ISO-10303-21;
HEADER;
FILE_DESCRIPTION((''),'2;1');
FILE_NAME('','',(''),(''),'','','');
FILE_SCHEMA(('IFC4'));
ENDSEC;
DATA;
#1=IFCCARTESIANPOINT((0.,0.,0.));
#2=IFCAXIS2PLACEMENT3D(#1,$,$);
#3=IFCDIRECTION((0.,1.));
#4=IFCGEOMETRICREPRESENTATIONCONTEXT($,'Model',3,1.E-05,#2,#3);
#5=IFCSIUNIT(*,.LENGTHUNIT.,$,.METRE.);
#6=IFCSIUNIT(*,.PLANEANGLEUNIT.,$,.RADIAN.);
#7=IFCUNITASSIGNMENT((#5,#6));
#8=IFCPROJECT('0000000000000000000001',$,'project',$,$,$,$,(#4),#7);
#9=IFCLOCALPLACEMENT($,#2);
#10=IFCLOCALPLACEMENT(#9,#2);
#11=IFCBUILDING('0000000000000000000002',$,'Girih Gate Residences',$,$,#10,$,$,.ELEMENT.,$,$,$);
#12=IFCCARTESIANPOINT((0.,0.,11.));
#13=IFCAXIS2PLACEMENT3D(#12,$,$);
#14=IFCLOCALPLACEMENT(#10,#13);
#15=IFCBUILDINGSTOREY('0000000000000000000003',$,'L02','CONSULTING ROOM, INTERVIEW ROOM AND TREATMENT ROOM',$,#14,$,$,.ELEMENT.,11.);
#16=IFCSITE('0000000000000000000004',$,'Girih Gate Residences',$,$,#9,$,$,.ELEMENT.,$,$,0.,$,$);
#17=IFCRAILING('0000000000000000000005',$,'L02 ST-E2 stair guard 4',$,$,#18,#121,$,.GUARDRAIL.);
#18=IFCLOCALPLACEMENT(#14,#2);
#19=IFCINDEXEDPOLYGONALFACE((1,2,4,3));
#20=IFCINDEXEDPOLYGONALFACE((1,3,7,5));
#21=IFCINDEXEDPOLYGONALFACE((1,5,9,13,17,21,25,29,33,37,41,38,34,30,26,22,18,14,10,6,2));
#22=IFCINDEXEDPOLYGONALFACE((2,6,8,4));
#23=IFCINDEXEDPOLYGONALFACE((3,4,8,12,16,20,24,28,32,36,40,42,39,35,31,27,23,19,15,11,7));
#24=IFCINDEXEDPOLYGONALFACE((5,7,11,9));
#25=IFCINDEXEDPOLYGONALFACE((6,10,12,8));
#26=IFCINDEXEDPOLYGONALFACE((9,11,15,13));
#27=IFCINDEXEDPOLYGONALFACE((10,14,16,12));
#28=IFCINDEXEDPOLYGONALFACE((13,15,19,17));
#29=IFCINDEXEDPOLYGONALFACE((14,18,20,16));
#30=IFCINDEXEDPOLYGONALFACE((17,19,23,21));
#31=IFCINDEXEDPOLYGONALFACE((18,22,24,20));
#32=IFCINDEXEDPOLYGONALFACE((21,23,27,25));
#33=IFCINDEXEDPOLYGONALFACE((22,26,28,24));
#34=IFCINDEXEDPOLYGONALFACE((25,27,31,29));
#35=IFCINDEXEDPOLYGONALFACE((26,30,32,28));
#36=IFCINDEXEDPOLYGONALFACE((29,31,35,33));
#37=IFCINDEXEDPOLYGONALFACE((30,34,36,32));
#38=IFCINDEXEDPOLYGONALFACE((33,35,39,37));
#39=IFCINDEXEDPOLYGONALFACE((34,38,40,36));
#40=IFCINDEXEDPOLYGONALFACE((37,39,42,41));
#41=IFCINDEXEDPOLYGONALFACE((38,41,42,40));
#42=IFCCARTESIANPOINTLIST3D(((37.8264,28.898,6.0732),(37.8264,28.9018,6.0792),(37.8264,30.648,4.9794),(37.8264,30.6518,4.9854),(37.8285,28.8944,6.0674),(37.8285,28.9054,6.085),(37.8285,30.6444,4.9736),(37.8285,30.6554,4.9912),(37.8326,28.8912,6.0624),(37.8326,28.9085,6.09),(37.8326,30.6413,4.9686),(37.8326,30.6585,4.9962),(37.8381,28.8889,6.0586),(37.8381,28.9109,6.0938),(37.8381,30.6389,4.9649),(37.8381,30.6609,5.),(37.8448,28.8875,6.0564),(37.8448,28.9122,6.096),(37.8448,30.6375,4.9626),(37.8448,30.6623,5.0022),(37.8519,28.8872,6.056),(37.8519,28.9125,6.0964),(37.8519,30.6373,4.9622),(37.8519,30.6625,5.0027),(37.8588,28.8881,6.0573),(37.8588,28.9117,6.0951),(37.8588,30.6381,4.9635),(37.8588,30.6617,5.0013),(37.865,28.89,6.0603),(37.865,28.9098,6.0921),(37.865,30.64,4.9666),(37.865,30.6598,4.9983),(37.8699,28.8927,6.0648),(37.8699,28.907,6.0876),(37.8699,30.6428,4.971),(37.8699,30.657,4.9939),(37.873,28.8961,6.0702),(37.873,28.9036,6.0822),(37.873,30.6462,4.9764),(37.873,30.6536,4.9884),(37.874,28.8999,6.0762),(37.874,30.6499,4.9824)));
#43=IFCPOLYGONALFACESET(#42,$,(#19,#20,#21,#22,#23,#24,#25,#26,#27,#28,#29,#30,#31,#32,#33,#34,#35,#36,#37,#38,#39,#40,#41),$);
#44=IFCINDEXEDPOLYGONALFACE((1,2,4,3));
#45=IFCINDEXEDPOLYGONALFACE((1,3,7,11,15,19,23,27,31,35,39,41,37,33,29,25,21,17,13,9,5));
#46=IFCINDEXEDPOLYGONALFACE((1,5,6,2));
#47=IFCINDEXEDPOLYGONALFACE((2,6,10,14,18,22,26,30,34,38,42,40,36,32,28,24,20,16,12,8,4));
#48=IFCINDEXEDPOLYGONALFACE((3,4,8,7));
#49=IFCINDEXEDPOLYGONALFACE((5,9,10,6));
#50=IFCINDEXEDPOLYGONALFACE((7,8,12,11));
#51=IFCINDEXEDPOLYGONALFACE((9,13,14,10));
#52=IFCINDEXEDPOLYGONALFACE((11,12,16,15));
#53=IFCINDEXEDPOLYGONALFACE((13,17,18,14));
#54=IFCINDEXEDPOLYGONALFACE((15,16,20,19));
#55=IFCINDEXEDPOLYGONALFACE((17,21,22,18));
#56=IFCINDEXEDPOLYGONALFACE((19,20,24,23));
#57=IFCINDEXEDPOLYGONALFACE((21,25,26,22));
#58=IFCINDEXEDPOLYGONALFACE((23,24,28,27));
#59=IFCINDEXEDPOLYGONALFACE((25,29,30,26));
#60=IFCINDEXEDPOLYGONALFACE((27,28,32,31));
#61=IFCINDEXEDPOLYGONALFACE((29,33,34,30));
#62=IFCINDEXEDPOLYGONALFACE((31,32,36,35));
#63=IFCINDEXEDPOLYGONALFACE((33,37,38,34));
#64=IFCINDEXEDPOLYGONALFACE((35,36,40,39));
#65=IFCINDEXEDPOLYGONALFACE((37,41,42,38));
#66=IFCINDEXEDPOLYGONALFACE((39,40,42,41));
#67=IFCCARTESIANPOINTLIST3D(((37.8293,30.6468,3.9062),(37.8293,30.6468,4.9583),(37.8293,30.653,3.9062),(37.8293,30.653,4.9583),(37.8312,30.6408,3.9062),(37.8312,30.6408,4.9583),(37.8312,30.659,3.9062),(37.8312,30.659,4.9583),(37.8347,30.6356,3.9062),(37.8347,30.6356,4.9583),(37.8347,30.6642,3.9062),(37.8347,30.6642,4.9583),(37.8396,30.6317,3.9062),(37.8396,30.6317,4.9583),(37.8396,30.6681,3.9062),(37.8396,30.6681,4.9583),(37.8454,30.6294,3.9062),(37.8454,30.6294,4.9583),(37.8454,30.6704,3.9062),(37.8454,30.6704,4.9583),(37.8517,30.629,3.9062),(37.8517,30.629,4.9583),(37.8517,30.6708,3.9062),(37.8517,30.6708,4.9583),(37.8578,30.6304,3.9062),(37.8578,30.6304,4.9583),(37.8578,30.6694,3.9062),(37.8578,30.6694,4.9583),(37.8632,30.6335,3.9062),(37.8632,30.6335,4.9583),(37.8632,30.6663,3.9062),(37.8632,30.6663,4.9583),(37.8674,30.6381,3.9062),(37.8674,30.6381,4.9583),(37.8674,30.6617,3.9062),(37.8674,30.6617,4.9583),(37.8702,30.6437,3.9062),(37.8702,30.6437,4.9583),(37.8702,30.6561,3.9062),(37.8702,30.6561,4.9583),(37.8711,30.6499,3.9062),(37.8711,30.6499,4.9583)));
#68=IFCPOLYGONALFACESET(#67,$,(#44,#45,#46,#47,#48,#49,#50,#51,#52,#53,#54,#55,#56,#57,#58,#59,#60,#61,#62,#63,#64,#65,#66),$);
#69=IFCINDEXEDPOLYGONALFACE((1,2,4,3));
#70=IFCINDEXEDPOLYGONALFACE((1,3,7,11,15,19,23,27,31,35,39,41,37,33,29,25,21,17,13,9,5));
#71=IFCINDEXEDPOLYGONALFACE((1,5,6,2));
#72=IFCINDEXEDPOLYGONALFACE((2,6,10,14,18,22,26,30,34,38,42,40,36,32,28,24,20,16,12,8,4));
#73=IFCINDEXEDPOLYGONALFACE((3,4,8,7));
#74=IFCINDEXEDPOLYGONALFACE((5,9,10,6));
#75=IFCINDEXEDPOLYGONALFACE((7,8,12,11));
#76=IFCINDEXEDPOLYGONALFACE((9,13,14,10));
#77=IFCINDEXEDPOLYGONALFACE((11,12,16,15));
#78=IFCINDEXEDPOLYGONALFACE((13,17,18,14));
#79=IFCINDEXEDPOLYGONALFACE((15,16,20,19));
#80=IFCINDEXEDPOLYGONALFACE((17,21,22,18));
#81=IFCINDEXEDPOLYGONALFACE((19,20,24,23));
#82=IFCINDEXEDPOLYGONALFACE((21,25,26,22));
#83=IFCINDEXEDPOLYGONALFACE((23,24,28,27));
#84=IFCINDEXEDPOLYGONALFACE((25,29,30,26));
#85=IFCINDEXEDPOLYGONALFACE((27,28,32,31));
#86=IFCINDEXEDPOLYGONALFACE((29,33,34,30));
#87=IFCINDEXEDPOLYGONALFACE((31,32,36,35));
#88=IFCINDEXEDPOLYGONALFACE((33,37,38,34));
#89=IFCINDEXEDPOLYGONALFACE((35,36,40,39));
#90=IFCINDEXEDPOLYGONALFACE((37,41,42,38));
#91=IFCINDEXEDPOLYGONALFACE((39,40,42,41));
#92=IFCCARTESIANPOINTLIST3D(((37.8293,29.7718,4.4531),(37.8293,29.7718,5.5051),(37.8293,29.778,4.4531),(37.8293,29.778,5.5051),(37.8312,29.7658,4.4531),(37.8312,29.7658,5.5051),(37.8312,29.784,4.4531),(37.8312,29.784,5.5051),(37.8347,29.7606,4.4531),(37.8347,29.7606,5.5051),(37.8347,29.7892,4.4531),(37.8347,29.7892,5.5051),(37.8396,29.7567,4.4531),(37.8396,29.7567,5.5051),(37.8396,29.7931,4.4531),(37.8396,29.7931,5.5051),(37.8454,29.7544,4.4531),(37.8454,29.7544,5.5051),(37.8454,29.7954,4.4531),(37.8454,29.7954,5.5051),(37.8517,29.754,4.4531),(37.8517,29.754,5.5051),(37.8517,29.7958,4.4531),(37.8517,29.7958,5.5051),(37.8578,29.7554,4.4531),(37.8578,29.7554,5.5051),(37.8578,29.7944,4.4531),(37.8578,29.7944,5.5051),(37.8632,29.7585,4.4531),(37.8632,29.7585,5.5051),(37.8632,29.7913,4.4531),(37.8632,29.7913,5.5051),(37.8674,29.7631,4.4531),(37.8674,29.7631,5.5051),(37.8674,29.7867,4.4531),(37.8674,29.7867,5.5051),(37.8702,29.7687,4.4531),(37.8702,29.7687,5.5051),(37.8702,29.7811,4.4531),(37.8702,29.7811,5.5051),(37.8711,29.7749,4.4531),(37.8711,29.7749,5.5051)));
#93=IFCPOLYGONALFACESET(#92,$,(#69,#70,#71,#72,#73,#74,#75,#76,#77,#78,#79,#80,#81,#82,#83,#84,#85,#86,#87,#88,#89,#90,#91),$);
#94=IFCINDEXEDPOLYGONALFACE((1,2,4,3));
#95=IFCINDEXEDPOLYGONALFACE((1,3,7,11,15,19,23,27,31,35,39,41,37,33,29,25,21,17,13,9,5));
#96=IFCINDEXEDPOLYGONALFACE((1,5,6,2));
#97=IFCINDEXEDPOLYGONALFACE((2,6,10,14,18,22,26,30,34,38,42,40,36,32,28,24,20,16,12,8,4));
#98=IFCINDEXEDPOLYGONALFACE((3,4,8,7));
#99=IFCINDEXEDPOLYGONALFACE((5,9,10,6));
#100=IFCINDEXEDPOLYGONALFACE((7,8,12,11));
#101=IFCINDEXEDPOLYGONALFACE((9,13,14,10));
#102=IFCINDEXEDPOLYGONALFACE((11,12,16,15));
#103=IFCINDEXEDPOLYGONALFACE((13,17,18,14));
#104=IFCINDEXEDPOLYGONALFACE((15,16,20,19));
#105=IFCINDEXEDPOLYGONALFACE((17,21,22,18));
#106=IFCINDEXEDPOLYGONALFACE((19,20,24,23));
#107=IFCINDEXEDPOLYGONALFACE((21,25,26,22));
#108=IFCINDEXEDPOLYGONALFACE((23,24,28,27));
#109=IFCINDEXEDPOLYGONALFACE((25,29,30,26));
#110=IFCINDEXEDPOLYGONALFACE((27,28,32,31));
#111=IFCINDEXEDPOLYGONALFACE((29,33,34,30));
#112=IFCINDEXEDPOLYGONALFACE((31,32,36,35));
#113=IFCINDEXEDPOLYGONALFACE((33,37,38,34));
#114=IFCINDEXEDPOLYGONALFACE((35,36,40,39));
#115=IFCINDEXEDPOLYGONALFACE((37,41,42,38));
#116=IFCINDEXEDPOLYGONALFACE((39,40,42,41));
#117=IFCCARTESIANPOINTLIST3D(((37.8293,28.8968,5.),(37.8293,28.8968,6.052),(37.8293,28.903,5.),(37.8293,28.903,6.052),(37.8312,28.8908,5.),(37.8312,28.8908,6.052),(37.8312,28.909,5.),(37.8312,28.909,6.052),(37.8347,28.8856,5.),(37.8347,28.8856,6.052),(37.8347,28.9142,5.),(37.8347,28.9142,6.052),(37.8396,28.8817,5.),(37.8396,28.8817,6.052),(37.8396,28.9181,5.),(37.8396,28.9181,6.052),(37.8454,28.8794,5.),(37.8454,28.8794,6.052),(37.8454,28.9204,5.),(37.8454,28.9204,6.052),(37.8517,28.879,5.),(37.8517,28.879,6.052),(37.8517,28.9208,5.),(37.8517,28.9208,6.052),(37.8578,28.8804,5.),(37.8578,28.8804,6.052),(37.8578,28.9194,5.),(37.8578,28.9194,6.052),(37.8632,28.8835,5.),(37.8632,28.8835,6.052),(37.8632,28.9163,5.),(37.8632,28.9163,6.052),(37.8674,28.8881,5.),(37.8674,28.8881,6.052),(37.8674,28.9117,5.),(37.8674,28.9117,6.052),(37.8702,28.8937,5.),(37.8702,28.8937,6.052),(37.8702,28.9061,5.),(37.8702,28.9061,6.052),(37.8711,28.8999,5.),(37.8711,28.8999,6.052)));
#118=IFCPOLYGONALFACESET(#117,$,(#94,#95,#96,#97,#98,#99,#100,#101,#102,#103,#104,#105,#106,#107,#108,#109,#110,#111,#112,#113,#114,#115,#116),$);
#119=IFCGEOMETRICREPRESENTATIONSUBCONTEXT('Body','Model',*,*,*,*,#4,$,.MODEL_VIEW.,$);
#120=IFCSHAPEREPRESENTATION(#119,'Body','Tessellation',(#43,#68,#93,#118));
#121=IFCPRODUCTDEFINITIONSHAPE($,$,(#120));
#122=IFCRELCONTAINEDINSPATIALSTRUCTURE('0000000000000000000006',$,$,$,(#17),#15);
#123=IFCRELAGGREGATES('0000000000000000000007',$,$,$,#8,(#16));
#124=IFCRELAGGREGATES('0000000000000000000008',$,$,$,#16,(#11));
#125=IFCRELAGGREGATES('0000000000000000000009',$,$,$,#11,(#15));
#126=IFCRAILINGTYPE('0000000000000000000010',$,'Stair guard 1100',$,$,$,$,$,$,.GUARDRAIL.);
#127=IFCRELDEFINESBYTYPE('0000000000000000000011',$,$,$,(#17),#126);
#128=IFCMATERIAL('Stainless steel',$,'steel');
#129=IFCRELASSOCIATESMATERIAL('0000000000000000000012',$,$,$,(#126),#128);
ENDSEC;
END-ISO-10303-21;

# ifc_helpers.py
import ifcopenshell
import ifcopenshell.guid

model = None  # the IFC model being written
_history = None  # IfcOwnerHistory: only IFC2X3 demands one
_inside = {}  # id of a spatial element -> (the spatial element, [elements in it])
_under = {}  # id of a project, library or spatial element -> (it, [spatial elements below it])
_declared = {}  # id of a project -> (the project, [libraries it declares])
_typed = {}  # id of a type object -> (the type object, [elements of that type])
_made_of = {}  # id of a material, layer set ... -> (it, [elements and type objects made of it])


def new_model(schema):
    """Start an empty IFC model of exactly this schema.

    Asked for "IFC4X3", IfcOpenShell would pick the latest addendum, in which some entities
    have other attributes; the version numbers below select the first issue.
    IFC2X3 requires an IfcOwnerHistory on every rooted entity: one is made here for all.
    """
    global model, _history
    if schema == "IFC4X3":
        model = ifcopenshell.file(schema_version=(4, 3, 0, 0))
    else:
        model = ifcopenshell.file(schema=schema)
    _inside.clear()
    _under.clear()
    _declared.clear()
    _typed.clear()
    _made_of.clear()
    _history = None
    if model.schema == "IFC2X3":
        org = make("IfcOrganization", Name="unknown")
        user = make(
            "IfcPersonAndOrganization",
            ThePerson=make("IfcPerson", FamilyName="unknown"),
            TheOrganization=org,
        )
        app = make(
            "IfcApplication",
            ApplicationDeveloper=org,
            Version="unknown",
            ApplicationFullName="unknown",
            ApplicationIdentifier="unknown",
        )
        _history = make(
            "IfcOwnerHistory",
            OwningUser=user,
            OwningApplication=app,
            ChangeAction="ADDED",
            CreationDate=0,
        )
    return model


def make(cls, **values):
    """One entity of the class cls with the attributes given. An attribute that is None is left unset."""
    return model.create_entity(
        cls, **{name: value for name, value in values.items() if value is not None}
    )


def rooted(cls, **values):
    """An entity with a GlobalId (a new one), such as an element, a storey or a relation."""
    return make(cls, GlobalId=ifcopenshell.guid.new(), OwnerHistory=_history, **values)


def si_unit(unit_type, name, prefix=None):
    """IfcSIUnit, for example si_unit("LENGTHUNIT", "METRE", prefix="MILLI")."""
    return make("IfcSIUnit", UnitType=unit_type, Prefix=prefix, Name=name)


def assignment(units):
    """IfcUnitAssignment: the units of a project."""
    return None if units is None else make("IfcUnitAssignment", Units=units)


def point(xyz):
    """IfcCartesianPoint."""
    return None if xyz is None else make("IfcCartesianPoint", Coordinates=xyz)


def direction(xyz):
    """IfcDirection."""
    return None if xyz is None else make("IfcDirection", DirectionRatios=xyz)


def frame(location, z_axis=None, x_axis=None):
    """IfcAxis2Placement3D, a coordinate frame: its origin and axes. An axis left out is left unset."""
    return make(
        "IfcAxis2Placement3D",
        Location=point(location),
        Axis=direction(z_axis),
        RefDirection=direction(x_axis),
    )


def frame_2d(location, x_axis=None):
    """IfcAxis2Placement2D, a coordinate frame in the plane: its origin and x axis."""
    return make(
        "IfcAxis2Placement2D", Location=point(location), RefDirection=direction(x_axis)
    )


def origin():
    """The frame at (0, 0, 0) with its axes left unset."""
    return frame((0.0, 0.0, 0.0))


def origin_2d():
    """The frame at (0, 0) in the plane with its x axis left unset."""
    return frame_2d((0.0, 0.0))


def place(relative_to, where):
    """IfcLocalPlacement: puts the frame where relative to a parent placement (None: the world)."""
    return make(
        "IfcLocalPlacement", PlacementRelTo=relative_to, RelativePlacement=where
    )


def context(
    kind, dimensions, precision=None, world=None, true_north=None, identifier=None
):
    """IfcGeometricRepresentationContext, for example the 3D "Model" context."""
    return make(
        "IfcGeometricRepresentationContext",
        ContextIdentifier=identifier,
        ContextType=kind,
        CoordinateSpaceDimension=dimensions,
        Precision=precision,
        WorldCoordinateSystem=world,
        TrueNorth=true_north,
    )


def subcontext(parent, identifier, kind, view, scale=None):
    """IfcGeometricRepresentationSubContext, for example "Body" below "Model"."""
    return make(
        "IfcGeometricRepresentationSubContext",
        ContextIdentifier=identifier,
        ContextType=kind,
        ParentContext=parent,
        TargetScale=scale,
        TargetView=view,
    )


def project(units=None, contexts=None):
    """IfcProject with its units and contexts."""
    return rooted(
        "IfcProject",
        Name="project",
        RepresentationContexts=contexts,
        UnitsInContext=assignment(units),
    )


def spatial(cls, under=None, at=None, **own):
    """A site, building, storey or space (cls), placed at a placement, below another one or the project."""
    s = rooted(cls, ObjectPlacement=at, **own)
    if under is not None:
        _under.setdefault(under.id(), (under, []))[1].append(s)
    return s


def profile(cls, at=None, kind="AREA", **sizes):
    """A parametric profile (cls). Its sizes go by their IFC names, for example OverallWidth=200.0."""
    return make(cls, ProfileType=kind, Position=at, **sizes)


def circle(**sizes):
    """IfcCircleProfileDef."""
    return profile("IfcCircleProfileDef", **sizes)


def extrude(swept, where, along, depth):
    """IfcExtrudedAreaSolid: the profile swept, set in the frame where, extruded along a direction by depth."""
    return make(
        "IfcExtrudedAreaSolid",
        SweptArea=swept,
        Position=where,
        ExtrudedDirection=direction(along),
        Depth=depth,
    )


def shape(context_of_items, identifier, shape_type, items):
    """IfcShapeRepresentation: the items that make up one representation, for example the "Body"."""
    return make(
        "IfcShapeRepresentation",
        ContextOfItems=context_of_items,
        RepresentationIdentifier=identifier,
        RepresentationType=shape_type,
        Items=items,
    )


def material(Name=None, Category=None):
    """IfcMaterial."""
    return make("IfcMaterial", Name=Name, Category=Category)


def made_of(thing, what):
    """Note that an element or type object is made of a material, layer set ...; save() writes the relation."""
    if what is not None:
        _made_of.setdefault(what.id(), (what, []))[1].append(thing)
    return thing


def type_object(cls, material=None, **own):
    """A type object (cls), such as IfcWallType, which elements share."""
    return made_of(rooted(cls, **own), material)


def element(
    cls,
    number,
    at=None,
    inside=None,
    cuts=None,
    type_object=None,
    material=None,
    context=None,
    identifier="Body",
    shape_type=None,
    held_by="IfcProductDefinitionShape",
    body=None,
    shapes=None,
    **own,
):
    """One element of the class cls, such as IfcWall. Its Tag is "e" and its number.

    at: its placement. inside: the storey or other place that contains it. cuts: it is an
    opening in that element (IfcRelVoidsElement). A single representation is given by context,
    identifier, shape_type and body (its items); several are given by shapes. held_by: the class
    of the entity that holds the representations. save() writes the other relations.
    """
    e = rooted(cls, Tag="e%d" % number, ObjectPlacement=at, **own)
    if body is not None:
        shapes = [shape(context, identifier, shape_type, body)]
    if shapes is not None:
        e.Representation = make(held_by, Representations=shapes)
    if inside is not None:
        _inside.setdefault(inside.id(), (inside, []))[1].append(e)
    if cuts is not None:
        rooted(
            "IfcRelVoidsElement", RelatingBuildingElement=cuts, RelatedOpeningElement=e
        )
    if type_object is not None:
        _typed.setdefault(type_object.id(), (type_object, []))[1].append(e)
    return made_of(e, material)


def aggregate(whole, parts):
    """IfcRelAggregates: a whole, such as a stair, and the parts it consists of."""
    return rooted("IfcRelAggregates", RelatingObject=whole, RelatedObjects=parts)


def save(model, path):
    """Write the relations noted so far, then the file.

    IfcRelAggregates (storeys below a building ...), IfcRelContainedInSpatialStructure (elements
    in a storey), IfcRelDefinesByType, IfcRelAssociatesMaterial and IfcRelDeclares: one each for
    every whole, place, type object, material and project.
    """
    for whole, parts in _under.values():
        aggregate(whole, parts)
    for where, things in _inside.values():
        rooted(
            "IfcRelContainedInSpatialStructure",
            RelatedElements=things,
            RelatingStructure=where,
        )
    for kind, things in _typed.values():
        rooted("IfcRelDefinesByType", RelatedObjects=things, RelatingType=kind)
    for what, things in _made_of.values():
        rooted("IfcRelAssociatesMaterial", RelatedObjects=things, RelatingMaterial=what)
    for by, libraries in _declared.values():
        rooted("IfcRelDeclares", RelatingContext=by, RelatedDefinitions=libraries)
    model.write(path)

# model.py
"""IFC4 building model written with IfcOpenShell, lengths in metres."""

from ifc_helpers import new_model, si_unit, direction, frame, origin, origin_2d, place, context, subcontext, project, spatial, circle, extrude, material, type_object, element, save


model = new_model("IFC4")

# Units and contexts
model_context = context("Model", 3, precision=1e-05, world=origin(), true_north=direction((0.0, 1.0)))
body_context = subcontext(model_context, "Body", "Model", "MODEL_VIEW")
ifc_project = project(units=[si_unit("LENGTHUNIT", "METRE"), si_unit("PLANEANGLEUNIT", "RADIAN")], contexts=[model_context])

# Site, building, storey
site_placement = place(None, origin())
site = spatial("IfcSite", under=ifc_project, at=site_placement, Name="Girih Gate Residences", CompositionType="ELEMENT", RefElevation=0.0)
building_placement = place(site_placement, origin())
building = spatial("IfcBuilding", under=site, at=building_placement, Name="Girih Gate Residences", CompositionType="ELEMENT")
storey_placement = place(building_placement, frame((0.0, 0.0, 11.0)))
storey = spatial("IfcBuildingStorey", under=building, at=storey_placement, Name="L02", Description="CONSULTING ROOM, INTERVIEW ROOM AND TREATMENT ROOM", CompositionType="ELEMENT", Elevation=11.0)

# Railing
ifc_material_1 = material(Name="Stainless steel", Category="steel")
railing_type_1 = type_object("IfcRailingType", Name="Stair guard 1100", PredefinedType="GUARDRAIL", material=ifc_material_1)
railing_1_placement = place(storey_placement, frame((37.8501, 30.6499, 3.9062)))
element("IfcRailing", 1, at=railing_1_placement, inside=storey, type_object=railing_type_1, Name="L02 ST-E2 stair guard 4", PredefinedType="GUARDRAIL", context=body_context, shape_type="SweptSolid", body=[
    extrude(circle(Radius=0.0239, at=origin_2d()), frame((0.0, 0.0, 1.0762), z_axis=(0.0, -0.847998, 0.529999), x_axis=(1.0, 0.0, 0.0)), (0.0, 0.0, 1.0), 2.0637),
    extrude(circle(Radius=0.021, at=origin_2d()), origin(), (0.0, 0.0, 1.0), 1.052),
    extrude(circle(Radius=0.021, at=origin_2d()), frame((0.0, -0.875, 0.5469)), (0.0, 0.0, 1.0), 1.052),
    extrude(circle(Radius=0.021, at=origin_2d()), frame((0.0, -1.75, 1.0938)), (0.0, 0.0, 1.0), 1.052),
])

save(model, "model.ifc")
